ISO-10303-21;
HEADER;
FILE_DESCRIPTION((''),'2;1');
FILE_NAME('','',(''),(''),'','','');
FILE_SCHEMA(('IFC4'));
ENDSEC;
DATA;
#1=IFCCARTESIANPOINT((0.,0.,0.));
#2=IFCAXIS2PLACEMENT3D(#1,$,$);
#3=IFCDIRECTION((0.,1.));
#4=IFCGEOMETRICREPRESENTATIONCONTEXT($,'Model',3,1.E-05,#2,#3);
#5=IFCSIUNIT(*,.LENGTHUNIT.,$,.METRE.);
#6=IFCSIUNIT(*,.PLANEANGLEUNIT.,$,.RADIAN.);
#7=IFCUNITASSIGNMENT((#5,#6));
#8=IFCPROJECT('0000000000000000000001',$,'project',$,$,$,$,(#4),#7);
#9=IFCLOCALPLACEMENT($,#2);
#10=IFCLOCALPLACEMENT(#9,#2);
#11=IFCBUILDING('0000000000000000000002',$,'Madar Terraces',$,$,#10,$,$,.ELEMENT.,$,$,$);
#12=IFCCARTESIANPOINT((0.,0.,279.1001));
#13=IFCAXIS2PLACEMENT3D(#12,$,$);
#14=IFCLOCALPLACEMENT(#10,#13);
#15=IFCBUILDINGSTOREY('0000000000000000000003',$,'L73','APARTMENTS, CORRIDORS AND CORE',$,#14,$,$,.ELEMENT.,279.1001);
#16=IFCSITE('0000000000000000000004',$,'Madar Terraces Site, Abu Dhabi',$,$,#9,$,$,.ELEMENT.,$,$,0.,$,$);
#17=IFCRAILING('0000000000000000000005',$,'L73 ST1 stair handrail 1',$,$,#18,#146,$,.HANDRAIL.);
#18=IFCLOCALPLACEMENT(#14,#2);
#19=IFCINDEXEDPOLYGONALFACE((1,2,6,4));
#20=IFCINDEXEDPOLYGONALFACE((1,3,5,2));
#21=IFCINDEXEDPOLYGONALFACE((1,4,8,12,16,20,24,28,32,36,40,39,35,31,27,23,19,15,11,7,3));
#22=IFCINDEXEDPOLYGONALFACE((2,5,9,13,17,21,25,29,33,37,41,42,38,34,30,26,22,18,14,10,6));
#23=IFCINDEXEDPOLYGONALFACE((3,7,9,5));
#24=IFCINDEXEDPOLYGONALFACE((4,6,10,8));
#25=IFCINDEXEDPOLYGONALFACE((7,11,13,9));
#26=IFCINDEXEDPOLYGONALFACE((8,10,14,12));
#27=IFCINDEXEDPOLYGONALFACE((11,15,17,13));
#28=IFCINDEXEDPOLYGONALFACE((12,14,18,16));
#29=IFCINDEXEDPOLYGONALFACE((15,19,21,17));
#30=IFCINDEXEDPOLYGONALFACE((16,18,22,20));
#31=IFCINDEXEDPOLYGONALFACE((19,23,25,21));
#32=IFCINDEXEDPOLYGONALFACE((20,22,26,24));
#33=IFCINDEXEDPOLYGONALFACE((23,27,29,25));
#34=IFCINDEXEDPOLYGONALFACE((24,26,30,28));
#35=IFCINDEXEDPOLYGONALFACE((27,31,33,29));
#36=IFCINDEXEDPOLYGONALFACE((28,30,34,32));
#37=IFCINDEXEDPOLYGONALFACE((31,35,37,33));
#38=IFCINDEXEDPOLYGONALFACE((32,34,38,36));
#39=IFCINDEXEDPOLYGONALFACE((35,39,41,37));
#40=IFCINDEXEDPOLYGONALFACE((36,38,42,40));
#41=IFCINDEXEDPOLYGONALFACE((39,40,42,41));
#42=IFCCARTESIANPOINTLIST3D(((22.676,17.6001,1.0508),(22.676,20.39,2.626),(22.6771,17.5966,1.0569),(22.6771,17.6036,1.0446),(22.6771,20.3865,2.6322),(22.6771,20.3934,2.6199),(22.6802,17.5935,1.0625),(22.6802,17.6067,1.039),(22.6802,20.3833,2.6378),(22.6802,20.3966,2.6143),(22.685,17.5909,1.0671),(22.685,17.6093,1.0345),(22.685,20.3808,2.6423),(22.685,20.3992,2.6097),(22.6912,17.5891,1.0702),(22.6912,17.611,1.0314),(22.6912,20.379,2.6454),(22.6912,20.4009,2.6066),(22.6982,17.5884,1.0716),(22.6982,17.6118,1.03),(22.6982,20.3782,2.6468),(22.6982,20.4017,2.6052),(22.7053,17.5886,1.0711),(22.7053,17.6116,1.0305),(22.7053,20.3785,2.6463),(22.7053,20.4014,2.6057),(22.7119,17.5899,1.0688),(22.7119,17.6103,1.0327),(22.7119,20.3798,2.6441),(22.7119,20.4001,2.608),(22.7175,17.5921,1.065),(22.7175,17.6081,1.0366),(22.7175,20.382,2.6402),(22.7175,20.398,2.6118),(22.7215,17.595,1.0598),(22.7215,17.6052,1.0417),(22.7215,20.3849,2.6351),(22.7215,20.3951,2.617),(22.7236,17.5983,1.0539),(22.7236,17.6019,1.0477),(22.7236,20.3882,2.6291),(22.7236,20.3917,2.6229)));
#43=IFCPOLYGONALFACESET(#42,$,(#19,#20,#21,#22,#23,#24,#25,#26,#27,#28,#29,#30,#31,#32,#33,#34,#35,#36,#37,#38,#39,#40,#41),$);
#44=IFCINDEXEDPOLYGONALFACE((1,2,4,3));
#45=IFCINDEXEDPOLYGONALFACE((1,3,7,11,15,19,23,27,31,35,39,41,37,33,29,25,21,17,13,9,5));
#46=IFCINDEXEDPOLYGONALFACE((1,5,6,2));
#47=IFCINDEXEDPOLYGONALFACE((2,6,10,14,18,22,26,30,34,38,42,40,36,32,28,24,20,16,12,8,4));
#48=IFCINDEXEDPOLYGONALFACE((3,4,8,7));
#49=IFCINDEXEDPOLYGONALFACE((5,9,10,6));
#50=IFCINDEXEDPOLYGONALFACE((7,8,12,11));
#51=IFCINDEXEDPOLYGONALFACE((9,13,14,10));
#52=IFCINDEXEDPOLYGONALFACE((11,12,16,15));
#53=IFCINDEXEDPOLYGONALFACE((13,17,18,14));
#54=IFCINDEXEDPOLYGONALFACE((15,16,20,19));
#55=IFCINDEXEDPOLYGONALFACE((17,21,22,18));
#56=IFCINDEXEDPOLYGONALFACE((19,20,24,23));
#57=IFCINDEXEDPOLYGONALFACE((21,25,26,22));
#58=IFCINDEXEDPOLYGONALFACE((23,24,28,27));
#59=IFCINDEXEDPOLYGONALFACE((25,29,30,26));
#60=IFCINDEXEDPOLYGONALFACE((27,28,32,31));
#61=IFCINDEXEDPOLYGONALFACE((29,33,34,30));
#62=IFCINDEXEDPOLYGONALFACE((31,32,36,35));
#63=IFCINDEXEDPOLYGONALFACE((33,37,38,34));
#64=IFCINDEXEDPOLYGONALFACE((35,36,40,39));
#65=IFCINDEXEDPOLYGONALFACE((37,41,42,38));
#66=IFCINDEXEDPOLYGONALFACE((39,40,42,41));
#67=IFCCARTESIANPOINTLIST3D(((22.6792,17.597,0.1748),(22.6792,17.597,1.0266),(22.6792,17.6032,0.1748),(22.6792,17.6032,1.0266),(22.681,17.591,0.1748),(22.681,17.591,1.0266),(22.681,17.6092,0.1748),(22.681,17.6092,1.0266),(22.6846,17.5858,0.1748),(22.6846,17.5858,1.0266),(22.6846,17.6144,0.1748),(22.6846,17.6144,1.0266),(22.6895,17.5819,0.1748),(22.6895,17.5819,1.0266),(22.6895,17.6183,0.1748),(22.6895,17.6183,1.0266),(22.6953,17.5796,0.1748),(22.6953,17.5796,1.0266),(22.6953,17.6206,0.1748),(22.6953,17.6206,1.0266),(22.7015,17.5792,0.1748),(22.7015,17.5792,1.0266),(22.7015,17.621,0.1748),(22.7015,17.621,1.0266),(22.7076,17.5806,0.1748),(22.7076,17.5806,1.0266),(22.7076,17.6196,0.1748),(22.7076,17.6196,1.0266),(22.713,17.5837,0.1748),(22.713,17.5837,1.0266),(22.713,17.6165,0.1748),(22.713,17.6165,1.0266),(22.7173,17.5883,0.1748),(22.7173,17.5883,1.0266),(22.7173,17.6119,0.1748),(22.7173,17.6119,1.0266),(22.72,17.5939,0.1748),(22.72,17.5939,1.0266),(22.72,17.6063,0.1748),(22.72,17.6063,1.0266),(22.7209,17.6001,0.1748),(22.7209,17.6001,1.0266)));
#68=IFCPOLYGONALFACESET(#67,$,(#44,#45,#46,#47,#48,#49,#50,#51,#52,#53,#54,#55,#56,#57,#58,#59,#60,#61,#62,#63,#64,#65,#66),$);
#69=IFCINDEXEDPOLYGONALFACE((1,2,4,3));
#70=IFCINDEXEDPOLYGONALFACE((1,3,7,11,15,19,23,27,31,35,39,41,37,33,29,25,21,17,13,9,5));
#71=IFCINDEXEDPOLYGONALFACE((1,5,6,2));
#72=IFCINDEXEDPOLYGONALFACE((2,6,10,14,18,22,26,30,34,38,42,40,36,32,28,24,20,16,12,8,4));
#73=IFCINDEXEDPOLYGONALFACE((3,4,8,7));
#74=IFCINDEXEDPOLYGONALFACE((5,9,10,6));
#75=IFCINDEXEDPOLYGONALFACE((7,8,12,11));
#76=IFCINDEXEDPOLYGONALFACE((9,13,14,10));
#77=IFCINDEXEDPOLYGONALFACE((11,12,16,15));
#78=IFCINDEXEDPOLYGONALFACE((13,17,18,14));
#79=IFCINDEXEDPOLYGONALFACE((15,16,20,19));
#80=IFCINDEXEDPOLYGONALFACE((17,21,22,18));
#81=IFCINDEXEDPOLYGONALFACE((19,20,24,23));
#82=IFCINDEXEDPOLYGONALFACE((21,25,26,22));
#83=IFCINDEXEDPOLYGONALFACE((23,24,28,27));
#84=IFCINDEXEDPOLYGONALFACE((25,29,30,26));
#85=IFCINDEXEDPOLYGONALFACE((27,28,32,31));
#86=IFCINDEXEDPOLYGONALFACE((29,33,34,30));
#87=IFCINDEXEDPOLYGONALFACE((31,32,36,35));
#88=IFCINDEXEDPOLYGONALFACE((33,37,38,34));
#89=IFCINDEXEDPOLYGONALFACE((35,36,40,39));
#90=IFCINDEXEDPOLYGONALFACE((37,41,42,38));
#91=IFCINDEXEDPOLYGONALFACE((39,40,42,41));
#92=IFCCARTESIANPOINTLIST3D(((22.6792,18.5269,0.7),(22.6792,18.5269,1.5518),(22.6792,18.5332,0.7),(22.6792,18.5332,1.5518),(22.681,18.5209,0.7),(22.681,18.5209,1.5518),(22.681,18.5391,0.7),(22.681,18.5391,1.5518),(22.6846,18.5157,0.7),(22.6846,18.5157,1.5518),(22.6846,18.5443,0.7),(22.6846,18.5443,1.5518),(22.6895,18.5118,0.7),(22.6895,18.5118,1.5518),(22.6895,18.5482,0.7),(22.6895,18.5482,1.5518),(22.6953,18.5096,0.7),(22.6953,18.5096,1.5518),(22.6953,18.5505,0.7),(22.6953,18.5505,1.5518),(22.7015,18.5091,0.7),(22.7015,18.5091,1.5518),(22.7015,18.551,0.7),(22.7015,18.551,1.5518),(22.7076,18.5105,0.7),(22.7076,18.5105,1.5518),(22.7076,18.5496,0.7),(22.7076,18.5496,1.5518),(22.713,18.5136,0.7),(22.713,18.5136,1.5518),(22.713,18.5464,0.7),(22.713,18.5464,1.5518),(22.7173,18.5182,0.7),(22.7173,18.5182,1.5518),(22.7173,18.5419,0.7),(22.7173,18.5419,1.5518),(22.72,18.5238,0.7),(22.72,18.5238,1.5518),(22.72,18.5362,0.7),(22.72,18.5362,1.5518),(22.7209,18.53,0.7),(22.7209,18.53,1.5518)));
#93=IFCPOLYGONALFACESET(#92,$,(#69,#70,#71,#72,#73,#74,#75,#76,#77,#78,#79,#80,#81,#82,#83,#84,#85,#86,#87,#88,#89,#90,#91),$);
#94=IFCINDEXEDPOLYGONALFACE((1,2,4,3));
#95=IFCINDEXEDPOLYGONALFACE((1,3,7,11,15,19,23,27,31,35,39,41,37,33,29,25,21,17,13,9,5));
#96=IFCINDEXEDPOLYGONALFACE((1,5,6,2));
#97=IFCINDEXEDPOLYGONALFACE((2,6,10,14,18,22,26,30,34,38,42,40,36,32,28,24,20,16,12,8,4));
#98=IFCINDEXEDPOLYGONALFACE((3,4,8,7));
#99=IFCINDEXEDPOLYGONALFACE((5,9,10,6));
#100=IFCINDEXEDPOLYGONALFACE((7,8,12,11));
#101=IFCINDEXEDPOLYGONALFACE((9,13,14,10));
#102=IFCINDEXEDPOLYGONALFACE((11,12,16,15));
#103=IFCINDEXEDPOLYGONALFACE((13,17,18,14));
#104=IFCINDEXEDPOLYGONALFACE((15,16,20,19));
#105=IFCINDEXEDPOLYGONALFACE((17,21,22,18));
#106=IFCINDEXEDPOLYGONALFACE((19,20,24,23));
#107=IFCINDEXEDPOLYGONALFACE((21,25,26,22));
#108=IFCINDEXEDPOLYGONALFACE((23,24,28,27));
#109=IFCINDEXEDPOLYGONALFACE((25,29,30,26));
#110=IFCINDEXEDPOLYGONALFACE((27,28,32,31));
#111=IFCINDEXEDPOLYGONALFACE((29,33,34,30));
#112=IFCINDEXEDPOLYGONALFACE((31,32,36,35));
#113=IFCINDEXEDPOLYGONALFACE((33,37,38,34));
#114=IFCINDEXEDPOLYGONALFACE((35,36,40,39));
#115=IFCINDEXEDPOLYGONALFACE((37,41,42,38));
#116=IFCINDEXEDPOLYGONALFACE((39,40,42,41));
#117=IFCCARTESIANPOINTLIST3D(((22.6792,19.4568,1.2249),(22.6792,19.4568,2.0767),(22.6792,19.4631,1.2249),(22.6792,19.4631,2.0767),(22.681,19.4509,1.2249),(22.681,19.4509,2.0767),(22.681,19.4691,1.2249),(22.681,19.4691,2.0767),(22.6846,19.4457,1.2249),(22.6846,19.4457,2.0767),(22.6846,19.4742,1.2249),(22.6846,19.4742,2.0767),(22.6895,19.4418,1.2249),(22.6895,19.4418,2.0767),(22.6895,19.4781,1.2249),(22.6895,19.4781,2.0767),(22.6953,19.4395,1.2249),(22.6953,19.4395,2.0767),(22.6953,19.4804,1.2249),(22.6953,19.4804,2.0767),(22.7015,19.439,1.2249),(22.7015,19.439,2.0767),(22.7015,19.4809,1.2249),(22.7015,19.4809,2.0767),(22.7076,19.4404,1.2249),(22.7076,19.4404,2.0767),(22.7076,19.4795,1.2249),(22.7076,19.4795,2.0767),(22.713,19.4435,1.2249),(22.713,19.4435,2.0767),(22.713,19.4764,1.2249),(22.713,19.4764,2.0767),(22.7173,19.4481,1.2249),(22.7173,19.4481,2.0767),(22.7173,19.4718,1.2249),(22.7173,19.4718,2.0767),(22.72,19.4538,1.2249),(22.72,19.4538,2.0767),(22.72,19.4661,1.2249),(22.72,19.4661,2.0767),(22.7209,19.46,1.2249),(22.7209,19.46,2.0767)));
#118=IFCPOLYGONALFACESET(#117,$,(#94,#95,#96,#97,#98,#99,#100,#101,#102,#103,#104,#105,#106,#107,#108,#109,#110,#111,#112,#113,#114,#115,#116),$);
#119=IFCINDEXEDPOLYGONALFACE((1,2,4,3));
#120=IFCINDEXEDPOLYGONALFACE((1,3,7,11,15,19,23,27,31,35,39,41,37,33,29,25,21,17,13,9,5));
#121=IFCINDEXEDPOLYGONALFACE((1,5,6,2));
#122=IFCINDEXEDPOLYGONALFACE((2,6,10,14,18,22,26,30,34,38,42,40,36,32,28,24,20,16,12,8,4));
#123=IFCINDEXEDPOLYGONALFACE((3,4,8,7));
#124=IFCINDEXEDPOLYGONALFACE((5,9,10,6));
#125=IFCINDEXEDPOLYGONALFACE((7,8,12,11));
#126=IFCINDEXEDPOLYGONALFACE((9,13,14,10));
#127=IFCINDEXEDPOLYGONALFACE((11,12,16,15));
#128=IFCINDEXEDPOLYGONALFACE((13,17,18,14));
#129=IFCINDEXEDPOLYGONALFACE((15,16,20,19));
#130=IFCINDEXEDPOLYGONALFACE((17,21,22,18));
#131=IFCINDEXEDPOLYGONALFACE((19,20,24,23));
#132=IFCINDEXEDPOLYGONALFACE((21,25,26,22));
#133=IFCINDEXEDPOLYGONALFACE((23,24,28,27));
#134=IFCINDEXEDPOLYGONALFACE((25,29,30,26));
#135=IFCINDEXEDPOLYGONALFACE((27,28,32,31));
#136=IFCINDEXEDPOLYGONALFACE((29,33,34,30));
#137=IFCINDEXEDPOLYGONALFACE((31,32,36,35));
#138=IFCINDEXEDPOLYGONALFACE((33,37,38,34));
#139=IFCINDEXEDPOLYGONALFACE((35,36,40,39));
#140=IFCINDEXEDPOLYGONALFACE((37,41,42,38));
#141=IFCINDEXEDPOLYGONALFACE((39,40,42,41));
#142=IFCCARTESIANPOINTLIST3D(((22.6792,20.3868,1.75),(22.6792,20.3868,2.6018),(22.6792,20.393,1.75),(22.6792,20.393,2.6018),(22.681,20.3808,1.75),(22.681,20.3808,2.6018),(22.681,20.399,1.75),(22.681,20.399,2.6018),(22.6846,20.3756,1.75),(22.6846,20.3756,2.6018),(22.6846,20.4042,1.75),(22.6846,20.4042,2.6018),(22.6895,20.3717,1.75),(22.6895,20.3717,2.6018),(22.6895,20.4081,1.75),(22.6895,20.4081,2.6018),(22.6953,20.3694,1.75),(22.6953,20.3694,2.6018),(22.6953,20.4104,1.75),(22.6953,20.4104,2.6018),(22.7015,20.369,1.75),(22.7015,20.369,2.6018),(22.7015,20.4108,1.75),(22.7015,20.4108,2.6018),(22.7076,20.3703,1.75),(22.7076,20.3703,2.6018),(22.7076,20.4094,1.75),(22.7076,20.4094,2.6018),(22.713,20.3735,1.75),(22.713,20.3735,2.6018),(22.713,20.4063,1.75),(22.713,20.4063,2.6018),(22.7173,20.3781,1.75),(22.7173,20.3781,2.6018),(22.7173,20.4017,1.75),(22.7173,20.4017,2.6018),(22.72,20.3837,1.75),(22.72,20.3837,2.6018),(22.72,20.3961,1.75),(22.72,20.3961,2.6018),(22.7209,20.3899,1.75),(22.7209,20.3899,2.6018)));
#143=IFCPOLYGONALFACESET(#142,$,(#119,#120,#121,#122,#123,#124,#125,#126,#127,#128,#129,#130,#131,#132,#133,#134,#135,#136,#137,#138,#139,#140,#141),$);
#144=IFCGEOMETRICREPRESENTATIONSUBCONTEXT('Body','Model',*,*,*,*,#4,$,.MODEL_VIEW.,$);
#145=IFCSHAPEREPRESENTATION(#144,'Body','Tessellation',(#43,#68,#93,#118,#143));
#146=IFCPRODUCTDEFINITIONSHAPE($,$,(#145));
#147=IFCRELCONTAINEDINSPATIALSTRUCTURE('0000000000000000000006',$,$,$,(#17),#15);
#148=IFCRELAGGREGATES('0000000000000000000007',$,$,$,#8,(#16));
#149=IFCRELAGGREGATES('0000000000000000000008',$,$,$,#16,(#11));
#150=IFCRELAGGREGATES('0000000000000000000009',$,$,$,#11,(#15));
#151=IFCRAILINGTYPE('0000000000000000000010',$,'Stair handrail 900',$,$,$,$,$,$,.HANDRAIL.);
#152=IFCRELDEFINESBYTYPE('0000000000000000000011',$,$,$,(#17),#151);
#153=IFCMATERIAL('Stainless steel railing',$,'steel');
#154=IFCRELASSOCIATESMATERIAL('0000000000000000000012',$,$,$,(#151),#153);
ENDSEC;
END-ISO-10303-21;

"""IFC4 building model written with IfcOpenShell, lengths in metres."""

from ifc_helpers import new_model, si_unit, direction, frame, origin, origin_2d, place, context, subcontext, project, spatial, circle, extrude, material, type_object, element, save


model = new_model("IFC4")

# Units and contexts
model_context = context("Model", 3, precision=1e-05, world=origin(), true_north=direction((0.0, 1.0)))
body_context = subcontext(model_context, "Body", "Model", "MODEL_VIEW")
ifc_project = project(units=[si_unit("LENGTHUNIT", "METRE"), si_unit("PLANEANGLEUNIT", "RADIAN")], contexts=[model_context])

# Site, building, storey
site_placement = place(None, origin())
site = spatial("IfcSite", under=ifc_project, at=site_placement, Name="Madar Terraces Site, Abu Dhabi", CompositionType="ELEMENT", RefElevation=0.0)
building_placement = place(site_placement, origin())
building = spatial("IfcBuilding", under=site, at=building_placement, Name="Madar Terraces", CompositionType="ELEMENT")
storey_placement = place(building_placement, frame((0.0, 0.0, 279.1001)))
storey = spatial("IfcBuildingStorey", under=building, at=storey_placement, Name="L73", Description="APARTMENTS, CORRIDORS AND CORE", CompositionType="ELEMENT", Elevation=279.1001)

# Railing
ifc_material_1 = material(Name="Stainless steel railing", Category="steel")
railing_type_1 = type_object("IfcRailingType", Name="Stair handrail 900", PredefinedType="HANDRAIL", material=ifc_material_1)
railing_1_placement = place(storey_placement, frame((22.7, 17.6001, 0.1748)))
element("IfcRailing", 1, at=railing_1_placement, inside=storey, type_object=railing_type_1, Name="L73 ST1 stair handrail 1", PredefinedType="HANDRAIL", context=body_context, shape_type="SweptSolid", body=[
    extrude(circle(Radius=0.0239, at=origin_2d()), frame((0.0, 0.0, 0.876), z_axis=(0.0, 0.870783, 0.491668), x_axis=(-1.0, 0.0, 0.0)), (0.0, 0.0, 1.0), 3.2039),
    extrude(circle(Radius=0.021, at=origin_2d()), origin(), (0.0, 0.0, 1.0), 0.8518),
    extrude(circle(Radius=0.021, at=origin_2d()), frame((0.0, 0.9299, 0.5251)), (0.0, 0.0, 1.0), 0.8518),
    extrude(circle(Radius=0.021, at=origin_2d()), frame((0.0, 1.8599, 1.05)), (0.0, 0.0, 1.0), 0.8518),
    extrude(circle(Radius=0.021, at=origin_2d()), frame((0.0, 2.7898, 1.5752)), (0.0, 0.0, 1.0), 0.8518),
])

save(model, "model.ifc")
